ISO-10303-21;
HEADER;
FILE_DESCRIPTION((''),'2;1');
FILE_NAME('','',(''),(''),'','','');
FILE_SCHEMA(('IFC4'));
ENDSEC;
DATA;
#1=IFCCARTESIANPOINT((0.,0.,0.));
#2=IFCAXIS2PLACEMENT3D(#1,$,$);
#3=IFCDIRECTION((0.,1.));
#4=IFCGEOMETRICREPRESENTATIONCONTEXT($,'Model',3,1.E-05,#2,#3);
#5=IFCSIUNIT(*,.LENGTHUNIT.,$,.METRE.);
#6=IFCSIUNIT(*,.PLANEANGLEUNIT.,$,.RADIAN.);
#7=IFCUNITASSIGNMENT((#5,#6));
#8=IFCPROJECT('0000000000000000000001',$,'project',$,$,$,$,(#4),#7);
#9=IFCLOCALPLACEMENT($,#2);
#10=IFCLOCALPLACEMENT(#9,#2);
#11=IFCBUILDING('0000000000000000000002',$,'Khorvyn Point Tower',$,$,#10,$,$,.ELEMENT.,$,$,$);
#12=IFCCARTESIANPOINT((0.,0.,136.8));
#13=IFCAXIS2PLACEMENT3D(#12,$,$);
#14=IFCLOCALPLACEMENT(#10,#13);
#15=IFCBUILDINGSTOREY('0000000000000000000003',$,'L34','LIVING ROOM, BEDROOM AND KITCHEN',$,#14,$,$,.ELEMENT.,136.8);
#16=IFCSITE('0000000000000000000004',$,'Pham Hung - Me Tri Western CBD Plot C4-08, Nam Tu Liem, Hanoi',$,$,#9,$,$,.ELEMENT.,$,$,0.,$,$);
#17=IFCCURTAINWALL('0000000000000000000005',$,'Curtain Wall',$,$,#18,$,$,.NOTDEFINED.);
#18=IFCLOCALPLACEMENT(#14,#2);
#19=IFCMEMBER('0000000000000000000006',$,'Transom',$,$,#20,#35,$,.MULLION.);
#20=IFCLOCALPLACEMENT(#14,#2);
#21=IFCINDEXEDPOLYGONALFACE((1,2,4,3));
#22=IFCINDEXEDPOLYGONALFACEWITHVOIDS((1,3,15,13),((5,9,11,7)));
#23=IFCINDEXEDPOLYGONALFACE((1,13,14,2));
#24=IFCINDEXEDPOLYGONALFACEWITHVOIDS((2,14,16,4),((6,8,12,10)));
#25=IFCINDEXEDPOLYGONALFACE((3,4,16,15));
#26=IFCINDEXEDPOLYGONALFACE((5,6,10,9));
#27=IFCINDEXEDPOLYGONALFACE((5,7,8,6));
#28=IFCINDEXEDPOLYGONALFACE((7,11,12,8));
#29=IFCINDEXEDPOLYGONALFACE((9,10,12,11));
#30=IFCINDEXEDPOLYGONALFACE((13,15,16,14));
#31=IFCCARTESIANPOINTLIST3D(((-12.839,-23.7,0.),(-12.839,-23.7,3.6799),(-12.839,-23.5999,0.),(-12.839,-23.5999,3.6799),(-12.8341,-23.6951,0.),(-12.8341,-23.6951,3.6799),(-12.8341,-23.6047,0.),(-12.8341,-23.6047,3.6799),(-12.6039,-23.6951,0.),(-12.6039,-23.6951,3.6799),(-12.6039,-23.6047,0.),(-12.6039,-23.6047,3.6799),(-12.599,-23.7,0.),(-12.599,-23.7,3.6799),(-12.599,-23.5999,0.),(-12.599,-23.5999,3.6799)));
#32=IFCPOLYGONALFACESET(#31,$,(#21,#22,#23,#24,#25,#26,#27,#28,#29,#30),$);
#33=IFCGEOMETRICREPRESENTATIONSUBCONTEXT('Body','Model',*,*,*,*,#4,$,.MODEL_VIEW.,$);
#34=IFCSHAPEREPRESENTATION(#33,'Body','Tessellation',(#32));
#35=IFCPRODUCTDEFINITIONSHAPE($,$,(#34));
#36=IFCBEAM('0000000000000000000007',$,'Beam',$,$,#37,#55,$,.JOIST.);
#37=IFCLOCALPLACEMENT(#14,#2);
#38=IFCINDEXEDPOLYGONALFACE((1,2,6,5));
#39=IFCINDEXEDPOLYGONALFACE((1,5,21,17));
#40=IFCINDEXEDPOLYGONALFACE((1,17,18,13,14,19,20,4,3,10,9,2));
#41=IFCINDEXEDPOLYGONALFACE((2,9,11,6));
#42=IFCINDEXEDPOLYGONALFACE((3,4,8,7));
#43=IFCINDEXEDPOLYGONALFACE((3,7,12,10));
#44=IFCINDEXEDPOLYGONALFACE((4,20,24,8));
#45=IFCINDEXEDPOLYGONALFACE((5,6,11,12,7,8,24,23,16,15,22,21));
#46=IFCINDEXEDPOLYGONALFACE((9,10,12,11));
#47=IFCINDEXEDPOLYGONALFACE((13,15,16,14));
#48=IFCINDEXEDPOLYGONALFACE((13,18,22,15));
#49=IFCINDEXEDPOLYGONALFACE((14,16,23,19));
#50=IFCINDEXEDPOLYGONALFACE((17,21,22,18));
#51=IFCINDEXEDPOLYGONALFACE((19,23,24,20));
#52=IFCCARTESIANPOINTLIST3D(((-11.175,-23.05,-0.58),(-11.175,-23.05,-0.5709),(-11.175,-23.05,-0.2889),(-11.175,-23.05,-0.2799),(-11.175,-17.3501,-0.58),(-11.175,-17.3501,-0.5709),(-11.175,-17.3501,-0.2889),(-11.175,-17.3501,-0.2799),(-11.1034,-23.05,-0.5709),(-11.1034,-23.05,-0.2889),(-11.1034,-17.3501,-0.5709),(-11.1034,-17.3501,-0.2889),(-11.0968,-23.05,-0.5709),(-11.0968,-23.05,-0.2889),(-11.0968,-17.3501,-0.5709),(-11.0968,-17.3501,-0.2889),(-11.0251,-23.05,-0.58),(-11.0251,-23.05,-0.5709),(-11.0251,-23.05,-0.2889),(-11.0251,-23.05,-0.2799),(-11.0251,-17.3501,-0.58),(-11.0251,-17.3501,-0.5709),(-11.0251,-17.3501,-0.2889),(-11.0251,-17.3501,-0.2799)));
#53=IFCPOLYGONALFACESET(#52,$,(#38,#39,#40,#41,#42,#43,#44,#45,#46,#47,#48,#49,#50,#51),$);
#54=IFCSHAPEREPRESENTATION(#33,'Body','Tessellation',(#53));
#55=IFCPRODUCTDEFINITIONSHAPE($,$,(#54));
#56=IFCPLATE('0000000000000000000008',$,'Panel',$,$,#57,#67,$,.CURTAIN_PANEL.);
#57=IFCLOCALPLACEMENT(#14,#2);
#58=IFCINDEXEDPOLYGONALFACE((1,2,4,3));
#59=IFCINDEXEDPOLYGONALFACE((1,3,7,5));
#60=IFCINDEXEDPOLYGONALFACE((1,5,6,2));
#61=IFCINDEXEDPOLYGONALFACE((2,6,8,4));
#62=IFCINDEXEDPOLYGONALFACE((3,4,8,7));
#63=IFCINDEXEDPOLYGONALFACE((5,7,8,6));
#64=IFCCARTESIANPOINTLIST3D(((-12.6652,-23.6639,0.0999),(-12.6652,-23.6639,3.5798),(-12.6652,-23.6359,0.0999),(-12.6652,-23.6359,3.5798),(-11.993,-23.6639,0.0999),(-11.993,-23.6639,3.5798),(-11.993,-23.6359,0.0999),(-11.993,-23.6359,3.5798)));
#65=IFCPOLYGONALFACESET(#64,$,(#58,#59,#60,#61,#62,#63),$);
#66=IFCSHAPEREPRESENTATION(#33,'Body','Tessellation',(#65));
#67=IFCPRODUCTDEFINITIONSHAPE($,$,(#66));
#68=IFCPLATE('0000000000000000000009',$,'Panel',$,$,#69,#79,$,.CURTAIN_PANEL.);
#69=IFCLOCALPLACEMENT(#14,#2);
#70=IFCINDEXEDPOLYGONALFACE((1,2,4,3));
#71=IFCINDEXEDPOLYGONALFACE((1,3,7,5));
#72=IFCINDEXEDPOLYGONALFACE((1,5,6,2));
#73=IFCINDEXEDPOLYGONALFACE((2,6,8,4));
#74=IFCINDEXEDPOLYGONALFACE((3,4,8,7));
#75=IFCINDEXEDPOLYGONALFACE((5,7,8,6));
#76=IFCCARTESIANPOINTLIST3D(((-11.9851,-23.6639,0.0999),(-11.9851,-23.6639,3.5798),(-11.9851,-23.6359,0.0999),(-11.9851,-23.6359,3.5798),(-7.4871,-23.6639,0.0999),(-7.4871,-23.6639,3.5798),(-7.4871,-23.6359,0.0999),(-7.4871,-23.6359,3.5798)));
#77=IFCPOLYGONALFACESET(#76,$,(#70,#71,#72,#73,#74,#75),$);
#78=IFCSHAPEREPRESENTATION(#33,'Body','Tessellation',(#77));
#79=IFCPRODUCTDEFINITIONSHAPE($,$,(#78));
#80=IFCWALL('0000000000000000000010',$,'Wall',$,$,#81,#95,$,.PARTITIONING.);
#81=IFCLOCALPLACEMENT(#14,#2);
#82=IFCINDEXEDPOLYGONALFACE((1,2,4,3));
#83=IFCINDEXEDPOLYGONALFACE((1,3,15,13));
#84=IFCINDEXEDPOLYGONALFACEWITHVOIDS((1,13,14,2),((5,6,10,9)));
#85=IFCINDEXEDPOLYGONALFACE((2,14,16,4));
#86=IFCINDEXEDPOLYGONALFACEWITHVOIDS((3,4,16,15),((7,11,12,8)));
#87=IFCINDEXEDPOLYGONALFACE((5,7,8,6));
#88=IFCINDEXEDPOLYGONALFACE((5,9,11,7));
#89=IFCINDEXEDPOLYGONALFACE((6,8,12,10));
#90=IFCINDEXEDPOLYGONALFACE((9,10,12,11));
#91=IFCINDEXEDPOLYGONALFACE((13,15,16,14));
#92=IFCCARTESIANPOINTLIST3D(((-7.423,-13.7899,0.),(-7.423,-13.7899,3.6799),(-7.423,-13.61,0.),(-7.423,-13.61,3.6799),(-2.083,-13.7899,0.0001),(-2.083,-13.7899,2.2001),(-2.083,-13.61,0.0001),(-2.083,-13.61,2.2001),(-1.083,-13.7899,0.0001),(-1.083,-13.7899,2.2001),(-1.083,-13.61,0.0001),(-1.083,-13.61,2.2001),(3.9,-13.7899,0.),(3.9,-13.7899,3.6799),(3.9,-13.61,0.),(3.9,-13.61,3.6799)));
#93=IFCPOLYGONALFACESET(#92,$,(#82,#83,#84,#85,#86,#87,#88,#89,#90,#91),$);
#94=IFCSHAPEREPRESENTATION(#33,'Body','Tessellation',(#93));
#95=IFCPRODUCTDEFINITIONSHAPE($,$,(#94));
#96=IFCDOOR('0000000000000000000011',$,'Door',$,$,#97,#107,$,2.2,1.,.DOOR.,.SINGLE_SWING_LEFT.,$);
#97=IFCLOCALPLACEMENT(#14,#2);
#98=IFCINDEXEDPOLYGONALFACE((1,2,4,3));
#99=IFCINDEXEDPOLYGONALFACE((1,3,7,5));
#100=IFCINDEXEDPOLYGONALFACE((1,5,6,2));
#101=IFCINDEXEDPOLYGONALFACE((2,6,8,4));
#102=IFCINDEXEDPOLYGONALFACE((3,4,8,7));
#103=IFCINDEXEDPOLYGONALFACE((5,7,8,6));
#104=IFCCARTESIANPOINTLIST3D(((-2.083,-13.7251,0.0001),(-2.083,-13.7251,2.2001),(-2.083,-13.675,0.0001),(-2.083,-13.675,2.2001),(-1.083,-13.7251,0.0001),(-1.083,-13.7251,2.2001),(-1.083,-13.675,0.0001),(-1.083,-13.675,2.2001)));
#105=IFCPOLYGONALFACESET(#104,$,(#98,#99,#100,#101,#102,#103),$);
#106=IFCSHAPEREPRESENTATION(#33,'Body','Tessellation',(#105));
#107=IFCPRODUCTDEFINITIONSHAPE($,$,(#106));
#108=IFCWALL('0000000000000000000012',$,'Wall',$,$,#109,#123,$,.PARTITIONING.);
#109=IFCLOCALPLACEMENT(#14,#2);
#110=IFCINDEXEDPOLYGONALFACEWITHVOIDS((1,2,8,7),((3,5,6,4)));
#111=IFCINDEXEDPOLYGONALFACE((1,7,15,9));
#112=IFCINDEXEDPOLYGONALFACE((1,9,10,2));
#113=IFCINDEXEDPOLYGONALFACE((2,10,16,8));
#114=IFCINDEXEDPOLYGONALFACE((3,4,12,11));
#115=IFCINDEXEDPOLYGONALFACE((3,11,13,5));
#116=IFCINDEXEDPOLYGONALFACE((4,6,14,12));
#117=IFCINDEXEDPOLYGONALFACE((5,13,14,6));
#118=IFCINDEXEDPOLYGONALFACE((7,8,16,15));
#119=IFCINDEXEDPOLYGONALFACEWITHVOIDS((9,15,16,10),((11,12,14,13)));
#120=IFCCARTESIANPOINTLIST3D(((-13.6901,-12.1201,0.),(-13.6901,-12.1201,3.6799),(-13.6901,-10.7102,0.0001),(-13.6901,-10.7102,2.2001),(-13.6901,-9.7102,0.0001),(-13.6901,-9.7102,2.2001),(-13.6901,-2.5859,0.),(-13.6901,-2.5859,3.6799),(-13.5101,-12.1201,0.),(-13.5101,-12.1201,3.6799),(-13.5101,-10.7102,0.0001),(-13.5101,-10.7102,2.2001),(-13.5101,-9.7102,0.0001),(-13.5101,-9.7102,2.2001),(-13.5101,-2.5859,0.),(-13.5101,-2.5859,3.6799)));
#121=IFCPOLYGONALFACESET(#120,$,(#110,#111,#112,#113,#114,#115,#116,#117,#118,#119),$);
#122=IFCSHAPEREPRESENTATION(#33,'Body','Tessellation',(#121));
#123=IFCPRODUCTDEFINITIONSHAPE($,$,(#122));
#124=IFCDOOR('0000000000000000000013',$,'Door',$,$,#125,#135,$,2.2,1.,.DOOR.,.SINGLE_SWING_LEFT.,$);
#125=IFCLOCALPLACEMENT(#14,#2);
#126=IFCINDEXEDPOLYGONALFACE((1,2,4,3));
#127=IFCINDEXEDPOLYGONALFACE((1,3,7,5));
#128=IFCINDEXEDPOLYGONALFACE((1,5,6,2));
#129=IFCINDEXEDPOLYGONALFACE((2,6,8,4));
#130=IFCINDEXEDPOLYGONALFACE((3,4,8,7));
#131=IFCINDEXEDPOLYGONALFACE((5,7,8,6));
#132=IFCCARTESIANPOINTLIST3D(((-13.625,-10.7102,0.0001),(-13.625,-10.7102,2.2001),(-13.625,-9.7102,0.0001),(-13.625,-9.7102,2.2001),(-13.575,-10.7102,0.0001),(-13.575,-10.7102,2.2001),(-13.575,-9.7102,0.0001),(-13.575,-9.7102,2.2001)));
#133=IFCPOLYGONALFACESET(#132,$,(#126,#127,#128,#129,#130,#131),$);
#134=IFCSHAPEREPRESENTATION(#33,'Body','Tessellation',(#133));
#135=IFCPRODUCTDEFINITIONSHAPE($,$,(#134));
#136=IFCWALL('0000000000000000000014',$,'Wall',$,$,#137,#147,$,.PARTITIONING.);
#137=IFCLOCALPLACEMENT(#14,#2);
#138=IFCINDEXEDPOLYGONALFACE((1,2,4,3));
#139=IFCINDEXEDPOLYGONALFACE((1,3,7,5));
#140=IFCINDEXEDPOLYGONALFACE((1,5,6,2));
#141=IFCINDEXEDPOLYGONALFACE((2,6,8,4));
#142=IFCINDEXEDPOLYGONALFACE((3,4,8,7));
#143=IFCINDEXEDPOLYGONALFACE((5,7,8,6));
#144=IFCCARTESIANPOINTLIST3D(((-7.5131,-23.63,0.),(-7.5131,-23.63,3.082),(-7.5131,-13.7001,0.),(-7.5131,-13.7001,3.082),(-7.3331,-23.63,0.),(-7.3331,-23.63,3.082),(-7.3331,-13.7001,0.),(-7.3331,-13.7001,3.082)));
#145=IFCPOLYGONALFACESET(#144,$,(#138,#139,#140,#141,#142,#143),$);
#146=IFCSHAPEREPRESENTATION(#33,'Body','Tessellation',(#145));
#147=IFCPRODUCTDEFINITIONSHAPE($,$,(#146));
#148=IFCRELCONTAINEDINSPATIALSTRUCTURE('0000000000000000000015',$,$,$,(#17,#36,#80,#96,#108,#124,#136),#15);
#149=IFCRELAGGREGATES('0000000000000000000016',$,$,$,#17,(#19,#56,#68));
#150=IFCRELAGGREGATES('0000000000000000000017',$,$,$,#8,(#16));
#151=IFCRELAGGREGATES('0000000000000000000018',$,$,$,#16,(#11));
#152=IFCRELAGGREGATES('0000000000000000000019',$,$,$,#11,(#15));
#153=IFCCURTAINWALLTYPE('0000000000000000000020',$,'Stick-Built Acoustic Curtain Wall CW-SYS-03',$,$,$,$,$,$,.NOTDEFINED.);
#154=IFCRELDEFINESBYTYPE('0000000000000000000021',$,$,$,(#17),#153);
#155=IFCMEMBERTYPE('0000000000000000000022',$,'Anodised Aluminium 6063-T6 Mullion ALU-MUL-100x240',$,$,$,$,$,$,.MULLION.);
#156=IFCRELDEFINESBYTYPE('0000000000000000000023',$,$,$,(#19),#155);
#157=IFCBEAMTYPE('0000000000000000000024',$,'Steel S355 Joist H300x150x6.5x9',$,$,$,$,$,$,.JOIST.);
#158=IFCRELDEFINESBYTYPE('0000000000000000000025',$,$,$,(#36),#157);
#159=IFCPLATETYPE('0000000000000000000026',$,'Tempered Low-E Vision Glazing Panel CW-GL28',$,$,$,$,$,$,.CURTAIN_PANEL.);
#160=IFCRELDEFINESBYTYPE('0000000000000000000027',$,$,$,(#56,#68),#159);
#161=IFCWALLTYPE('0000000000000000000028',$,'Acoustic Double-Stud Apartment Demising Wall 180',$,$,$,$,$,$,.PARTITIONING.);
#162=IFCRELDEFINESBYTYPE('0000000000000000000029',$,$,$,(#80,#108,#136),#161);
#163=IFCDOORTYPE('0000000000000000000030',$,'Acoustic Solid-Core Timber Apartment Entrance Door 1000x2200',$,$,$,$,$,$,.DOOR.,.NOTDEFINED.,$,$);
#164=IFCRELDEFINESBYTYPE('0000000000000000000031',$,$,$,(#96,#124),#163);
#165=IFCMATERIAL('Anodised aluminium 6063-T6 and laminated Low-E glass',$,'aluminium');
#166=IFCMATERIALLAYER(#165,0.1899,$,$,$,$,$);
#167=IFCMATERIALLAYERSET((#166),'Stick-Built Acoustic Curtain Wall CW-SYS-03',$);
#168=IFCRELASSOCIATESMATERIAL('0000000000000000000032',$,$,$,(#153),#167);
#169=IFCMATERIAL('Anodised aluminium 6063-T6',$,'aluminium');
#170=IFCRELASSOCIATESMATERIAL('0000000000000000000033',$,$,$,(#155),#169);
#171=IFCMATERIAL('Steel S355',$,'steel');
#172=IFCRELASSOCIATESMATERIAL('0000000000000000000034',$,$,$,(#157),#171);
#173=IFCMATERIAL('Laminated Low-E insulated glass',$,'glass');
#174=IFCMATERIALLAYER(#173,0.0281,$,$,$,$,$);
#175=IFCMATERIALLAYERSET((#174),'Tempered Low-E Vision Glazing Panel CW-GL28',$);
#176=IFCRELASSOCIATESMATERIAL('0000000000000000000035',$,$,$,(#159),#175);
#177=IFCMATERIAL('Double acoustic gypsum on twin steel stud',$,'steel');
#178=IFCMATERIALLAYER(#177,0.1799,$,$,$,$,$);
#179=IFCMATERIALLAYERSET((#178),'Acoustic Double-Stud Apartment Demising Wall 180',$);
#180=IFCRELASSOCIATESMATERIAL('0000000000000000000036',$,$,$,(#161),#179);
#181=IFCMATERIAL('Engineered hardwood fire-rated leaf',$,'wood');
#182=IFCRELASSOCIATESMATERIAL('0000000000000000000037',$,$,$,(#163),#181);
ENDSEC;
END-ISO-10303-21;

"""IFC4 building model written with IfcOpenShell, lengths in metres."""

from ifc_helpers import new_model, si_unit, direction, frame, frame_2d, origin, origin_2d, place, context, subcontext, project, spatial, rectangle, hollow_rectangle, i_section, extrude, material, layer, layer_set, material_profile, profile_set, type_object, element, fill, aggregate, save


model = new_model("IFC4")

# Units and contexts
model_context = context("Model", 3, precision=1e-05, world=origin(), true_north=direction((0.0, 1.0)))
body_context = subcontext(model_context, "Body", "Model", "MODEL_VIEW")
ifc_project = project(units=[si_unit("LENGTHUNIT", "METRE"), si_unit("PLANEANGLEUNIT", "RADIAN")], contexts=[model_context])

# Site, building, storey
site_placement = place(None, origin())
site = spatial("IfcSite", under=ifc_project, at=site_placement, Name="Pham Hung - Me Tri Western CBD Plot C4-08, Nam Tu Liem, Hanoi", CompositionType="ELEMENT", RefElevation=0.0)
building_placement = place(site_placement, origin())
building = spatial("IfcBuilding", under=site, at=building_placement, Name="Khorvyn Point Tower", CompositionType="ELEMENT")
storey_placement = place(building_placement, frame((0.0, 0.0, 136.8)))
storey = spatial("IfcBuildingStorey", under=building, at=storey_placement, Name="L34", Description="LIVING ROOM, BEDROOM AND KITCHEN", CompositionType="ELEMENT", Elevation=136.8)

# Curtain wall, member
ifc_material_1 = material(Name="Anodised aluminium 6063-T6 and laminated Low-E glass", Category="aluminium")
ifc_layer_1 = layer(ifc_material_1, 0.1899)
ifc_layer_set_1 = layer_set([ifc_layer_1], Name="Stick-Built Acoustic Curtain Wall CW-SYS-03")
curtain_wall_type = type_object("IfcCurtainWallType", Name="Stick-Built Acoustic Curtain Wall CW-SYS-03", PredefinedType="NOTDEFINED", material=ifc_layer_set_1)
curtain_wall_placement = place(storey_placement, origin())
curtain_wall = element("IfcCurtainWall", 1, at=curtain_wall_placement, inside=storey, type_object=curtain_wall_type, Name="Curtain Wall", PredefinedType="NOTDEFINED")
ifc_material_2 = material(Name="Anodised aluminium 6063-T6", Category="aluminium")
ifc_material_profile_1 = material_profile(ifc_material_2, hollow_rectangle(XDim=0.1001, YDim=0.24, WallThickness=0.0049, at=origin_2d()))
ifc_profile_set_1 = profile_set([ifc_material_profile_1], Name="Anodised aluminium 6063-T6 ALU-MUL-100x240")
member_type = type_object("IfcMemberType", Name="Anodised Aluminium 6063-T6 Mullion ALU-MUL-100x240", PredefinedType="MULLION", material=ifc_profile_set_1)
member_placement = place(storey_placement, frame((-12.719, -23.6499, 0.0), z_axis=(0.0, 0.0, 1.0), x_axis=(0.0, -1.0, 0.0)))
member = element("IfcMember", 2, at=member_placement, type_object=member_type, Name="Transom", PredefinedType="MULLION", context=body_context, shape_type="SweptSolid", body=[
    extrude(hollow_rectangle(XDim=0.1001, YDim=0.24, WallThickness=0.0049, at=origin_2d()), origin(), (0.0, 0.0, 1.0), 3.6799),
])

# Beam
ifc_material_3 = material(Name="Steel S355", Category="steel")
ifc_material_profile_2 = material_profile(ifc_material_3, i_section(OverallWidth=0.1499, OverallDepth=0.3, WebThickness=0.0066, FlangeThickness=0.009, at=origin_2d()))
ifc_profile_set_2 = profile_set([ifc_material_profile_2], Name="Steel S355 H300x150x6.5x9")
beam_type = type_object("IfcBeamType", Name="Steel S355 Joist H300x150x6.5x9", PredefinedType="JOIST", material=ifc_profile_set_2)
beam_placement = place(storey_placement, frame((-11.1001, -23.05, -0.4299), z_axis=(0.0, 1.0, 0.0), x_axis=(-1.0, 0.0, 0.0)))
element("IfcBeam", 3, at=beam_placement, inside=storey, type_object=beam_type, Name="Beam", PredefinedType="JOIST", context=body_context, shape_type="SweptSolid", body=[
    extrude(i_section(OverallWidth=0.1499, OverallDepth=0.3, WebThickness=0.0066, FlangeThickness=0.009, at=origin_2d()), origin(), (0.0, 0.0, 1.0), 5.7),
])

# Plates
ifc_material_4 = material(Name="Laminated Low-E insulated glass", Category="glass")
ifc_layer_2 = layer(ifc_material_4, 0.0281)
ifc_layer_set_2 = layer_set([ifc_layer_2], Name="Tempered Low-E Vision Glazing Panel CW-GL28")
plate_type = type_object("IfcPlateType", Name="Tempered Low-E Vision Glazing Panel CW-GL28", PredefinedType="CURTAIN_PANEL", material=ifc_layer_set_2)
plate_1_placement = place(storey_placement, frame((-12.3291, -23.6499, 0.0999), z_axis=(0.0, 0.0, 1.0), x_axis=(-1.0, 0.0, 0.0)))
plate_1 = element("IfcPlate", 4, at=plate_1_placement, type_object=plate_type, Name="Panel", PredefinedType="CURTAIN_PANEL", context=body_context, shape_type="SweptSolid", body=[
    extrude(rectangle(XDim=0.6721, YDim=0.0281, at=origin_2d()), origin(), (0.0, 0.0, 1.0), 3.48),
])
plate_2_placement = place(storey_placement, frame((-9.7361, -23.6499, 0.0999), z_axis=(0.0, 0.0, 1.0), x_axis=(-1.0, 0.0, 0.0)))
plate_2 = element("IfcPlate", 5, at=plate_2_placement, type_object=plate_type, Name="Panel", PredefinedType="CURTAIN_PANEL", context=body_context, shape_type="SweptSolid", body=[
    extrude(rectangle(XDim=4.498, YDim=0.0281, at=origin_2d()), origin(), (0.0, 0.0, 1.0), 3.48),
])
aggregate(curtain_wall, [member, plate_1, plate_2])

# Walls, openings, doors
ifc_material_5 = material(Name="Double acoustic gypsum on twin steel stud", Category="steel")
ifc_layer_3 = layer(ifc_material_5, 0.1799)
ifc_layer_set_3 = layer_set([ifc_layer_3], Name="Acoustic Double-Stud Apartment Demising Wall 180")
wall_type_1 = type_object("IfcWallType", Name="Acoustic Double-Stud Apartment Demising Wall 180", PredefinedType="PARTITIONING", material=ifc_layer_set_3)
wall_1_placement = place(storey_placement, frame((-7.4231, -13.7, 0.0), z_axis=(0.0, 0.0, 1.0), x_axis=(1.0, 0.0, 0.0)))
wall_1 = element("IfcWall", 6, at=wall_1_placement, inside=storey, type_object=wall_type_1, Name="Wall", PredefinedType="PARTITIONING", context=body_context, shape_type="SweptSolid", body=[
    extrude(rectangle(XDim=11.323, YDim=0.1799, at=frame_2d((5.6616, 0.0))), origin(), (0.0, 0.0, 1.0), 3.6799),
])
opening_1_placement = place(wall_1_placement, frame((5.3401, 0.0, 0.0)))
opening_1 = element("IfcOpeningElement", 7, at=opening_1_placement, cuts=wall_1, PredefinedType="OPENING", context=body_context, shape_type="SweptSolid", body=[
    extrude(rectangle(XDim=1.0, YDim=2.2, at=frame_2d((0.5, 1.1001))), frame((0.0, 0.0999, 0.0), z_axis=(0.0, -1.0, 0.0), x_axis=(1.0, 0.0, 0.0)), (0.0, 0.0, 1.0), 0.2),
])
ifc_material_6 = material(Name="Engineered hardwood fire-rated leaf", Category="wood")
door_type_1 = type_object("IfcDoorType", Name="Acoustic Solid-Core Timber Apartment Entrance Door 1000x2200", OperationType="NOTDEFINED", PredefinedType="DOOR", material=ifc_material_6)
door_1_placement = place(opening_1_placement, origin())
door_1 = element("IfcDoor", 8, at=door_1_placement, inside=storey, type_object=door_type_1, Name="Door", OperationType="SINGLE_SWING_LEFT", OverallHeight=2.2, OverallWidth=1.0, PredefinedType="DOOR", context=body_context, shape_type="SweptSolid", body=[
    extrude(rectangle(XDim=1.0, YDim=2.2, at=frame_2d((0.5, 1.1001))), frame((0.0, 0.0249, 0.0), z_axis=(0.0, -1.0, 0.0), x_axis=(1.0, 0.0, 0.0)), (0.0, 0.0, 1.0), 0.05),
])
fill(opening_1, door_1)
wall_2_placement = place(storey_placement, frame((-13.6001, -12.1201, 0.0), z_axis=(0.0, 0.0, 1.0), x_axis=(0.0, 1.0, 0.0)))
wall_2 = element("IfcWall", 9, at=wall_2_placement, inside=storey, type_object=wall_type_1, Name="Wall", PredefinedType="PARTITIONING", context=body_context, shape_type="SweptSolid", body=[
    extrude(rectangle(XDim=9.5342, YDim=0.1799, at=frame_2d((4.7671, 0.0))), origin(), (0.0, 0.0, 1.0), 3.6799),
])
opening_2_placement = place(wall_2_placement, frame((1.4099, 0.0, 0.0)))
opening_2 = element("IfcOpeningElement", 10, at=opening_2_placement, cuts=wall_2, PredefinedType="OPENING", context=body_context, shape_type="SweptSolid", body=[
    extrude(rectangle(XDim=1.0, YDim=2.2, at=frame_2d((0.5, 1.1001))), frame((0.0, 0.0999, 0.0), z_axis=(0.0, -1.0, 0.0), x_axis=(1.0, 0.0, 0.0)), (0.0, 0.0, 1.0), 0.2),
])
door_2_placement = place(opening_2_placement, origin())
door_2 = element("IfcDoor", 11, at=door_2_placement, inside=storey, type_object=door_type_1, Name="Door", OperationType="SINGLE_SWING_LEFT", OverallHeight=2.2, OverallWidth=1.0, PredefinedType="DOOR", context=body_context, shape_type="SweptSolid", body=[
    extrude(rectangle(XDim=1.0, YDim=2.2, at=frame_2d((0.5, 1.1001))), frame((0.0, 0.0249, 0.0), z_axis=(0.0, -1.0, 0.0), x_axis=(1.0, 0.0, 0.0)), (0.0, 0.0, 1.0), 0.05),
])
fill(opening_2, door_2)

# Wall
wall_3_placement = place(storey_placement, frame((-7.4231, -23.6299, 0.0), z_axis=(0.0, 0.0, 1.0), x_axis=(0.0, 1.0, 0.0)))
element("IfcWall", 12, at=wall_3_placement, inside=storey, type_object=wall_type_1, Name="Wall", PredefinedType="PARTITIONING", context=body_context, shape_type="SweptSolid", body=[
    extrude(rectangle(XDim=9.9299, YDim=0.1799, at=frame_2d((4.9648, 0.0))), origin(), (0.0, 0.0, 1.0), 3.082),
])

save(model, "model.ifc")
